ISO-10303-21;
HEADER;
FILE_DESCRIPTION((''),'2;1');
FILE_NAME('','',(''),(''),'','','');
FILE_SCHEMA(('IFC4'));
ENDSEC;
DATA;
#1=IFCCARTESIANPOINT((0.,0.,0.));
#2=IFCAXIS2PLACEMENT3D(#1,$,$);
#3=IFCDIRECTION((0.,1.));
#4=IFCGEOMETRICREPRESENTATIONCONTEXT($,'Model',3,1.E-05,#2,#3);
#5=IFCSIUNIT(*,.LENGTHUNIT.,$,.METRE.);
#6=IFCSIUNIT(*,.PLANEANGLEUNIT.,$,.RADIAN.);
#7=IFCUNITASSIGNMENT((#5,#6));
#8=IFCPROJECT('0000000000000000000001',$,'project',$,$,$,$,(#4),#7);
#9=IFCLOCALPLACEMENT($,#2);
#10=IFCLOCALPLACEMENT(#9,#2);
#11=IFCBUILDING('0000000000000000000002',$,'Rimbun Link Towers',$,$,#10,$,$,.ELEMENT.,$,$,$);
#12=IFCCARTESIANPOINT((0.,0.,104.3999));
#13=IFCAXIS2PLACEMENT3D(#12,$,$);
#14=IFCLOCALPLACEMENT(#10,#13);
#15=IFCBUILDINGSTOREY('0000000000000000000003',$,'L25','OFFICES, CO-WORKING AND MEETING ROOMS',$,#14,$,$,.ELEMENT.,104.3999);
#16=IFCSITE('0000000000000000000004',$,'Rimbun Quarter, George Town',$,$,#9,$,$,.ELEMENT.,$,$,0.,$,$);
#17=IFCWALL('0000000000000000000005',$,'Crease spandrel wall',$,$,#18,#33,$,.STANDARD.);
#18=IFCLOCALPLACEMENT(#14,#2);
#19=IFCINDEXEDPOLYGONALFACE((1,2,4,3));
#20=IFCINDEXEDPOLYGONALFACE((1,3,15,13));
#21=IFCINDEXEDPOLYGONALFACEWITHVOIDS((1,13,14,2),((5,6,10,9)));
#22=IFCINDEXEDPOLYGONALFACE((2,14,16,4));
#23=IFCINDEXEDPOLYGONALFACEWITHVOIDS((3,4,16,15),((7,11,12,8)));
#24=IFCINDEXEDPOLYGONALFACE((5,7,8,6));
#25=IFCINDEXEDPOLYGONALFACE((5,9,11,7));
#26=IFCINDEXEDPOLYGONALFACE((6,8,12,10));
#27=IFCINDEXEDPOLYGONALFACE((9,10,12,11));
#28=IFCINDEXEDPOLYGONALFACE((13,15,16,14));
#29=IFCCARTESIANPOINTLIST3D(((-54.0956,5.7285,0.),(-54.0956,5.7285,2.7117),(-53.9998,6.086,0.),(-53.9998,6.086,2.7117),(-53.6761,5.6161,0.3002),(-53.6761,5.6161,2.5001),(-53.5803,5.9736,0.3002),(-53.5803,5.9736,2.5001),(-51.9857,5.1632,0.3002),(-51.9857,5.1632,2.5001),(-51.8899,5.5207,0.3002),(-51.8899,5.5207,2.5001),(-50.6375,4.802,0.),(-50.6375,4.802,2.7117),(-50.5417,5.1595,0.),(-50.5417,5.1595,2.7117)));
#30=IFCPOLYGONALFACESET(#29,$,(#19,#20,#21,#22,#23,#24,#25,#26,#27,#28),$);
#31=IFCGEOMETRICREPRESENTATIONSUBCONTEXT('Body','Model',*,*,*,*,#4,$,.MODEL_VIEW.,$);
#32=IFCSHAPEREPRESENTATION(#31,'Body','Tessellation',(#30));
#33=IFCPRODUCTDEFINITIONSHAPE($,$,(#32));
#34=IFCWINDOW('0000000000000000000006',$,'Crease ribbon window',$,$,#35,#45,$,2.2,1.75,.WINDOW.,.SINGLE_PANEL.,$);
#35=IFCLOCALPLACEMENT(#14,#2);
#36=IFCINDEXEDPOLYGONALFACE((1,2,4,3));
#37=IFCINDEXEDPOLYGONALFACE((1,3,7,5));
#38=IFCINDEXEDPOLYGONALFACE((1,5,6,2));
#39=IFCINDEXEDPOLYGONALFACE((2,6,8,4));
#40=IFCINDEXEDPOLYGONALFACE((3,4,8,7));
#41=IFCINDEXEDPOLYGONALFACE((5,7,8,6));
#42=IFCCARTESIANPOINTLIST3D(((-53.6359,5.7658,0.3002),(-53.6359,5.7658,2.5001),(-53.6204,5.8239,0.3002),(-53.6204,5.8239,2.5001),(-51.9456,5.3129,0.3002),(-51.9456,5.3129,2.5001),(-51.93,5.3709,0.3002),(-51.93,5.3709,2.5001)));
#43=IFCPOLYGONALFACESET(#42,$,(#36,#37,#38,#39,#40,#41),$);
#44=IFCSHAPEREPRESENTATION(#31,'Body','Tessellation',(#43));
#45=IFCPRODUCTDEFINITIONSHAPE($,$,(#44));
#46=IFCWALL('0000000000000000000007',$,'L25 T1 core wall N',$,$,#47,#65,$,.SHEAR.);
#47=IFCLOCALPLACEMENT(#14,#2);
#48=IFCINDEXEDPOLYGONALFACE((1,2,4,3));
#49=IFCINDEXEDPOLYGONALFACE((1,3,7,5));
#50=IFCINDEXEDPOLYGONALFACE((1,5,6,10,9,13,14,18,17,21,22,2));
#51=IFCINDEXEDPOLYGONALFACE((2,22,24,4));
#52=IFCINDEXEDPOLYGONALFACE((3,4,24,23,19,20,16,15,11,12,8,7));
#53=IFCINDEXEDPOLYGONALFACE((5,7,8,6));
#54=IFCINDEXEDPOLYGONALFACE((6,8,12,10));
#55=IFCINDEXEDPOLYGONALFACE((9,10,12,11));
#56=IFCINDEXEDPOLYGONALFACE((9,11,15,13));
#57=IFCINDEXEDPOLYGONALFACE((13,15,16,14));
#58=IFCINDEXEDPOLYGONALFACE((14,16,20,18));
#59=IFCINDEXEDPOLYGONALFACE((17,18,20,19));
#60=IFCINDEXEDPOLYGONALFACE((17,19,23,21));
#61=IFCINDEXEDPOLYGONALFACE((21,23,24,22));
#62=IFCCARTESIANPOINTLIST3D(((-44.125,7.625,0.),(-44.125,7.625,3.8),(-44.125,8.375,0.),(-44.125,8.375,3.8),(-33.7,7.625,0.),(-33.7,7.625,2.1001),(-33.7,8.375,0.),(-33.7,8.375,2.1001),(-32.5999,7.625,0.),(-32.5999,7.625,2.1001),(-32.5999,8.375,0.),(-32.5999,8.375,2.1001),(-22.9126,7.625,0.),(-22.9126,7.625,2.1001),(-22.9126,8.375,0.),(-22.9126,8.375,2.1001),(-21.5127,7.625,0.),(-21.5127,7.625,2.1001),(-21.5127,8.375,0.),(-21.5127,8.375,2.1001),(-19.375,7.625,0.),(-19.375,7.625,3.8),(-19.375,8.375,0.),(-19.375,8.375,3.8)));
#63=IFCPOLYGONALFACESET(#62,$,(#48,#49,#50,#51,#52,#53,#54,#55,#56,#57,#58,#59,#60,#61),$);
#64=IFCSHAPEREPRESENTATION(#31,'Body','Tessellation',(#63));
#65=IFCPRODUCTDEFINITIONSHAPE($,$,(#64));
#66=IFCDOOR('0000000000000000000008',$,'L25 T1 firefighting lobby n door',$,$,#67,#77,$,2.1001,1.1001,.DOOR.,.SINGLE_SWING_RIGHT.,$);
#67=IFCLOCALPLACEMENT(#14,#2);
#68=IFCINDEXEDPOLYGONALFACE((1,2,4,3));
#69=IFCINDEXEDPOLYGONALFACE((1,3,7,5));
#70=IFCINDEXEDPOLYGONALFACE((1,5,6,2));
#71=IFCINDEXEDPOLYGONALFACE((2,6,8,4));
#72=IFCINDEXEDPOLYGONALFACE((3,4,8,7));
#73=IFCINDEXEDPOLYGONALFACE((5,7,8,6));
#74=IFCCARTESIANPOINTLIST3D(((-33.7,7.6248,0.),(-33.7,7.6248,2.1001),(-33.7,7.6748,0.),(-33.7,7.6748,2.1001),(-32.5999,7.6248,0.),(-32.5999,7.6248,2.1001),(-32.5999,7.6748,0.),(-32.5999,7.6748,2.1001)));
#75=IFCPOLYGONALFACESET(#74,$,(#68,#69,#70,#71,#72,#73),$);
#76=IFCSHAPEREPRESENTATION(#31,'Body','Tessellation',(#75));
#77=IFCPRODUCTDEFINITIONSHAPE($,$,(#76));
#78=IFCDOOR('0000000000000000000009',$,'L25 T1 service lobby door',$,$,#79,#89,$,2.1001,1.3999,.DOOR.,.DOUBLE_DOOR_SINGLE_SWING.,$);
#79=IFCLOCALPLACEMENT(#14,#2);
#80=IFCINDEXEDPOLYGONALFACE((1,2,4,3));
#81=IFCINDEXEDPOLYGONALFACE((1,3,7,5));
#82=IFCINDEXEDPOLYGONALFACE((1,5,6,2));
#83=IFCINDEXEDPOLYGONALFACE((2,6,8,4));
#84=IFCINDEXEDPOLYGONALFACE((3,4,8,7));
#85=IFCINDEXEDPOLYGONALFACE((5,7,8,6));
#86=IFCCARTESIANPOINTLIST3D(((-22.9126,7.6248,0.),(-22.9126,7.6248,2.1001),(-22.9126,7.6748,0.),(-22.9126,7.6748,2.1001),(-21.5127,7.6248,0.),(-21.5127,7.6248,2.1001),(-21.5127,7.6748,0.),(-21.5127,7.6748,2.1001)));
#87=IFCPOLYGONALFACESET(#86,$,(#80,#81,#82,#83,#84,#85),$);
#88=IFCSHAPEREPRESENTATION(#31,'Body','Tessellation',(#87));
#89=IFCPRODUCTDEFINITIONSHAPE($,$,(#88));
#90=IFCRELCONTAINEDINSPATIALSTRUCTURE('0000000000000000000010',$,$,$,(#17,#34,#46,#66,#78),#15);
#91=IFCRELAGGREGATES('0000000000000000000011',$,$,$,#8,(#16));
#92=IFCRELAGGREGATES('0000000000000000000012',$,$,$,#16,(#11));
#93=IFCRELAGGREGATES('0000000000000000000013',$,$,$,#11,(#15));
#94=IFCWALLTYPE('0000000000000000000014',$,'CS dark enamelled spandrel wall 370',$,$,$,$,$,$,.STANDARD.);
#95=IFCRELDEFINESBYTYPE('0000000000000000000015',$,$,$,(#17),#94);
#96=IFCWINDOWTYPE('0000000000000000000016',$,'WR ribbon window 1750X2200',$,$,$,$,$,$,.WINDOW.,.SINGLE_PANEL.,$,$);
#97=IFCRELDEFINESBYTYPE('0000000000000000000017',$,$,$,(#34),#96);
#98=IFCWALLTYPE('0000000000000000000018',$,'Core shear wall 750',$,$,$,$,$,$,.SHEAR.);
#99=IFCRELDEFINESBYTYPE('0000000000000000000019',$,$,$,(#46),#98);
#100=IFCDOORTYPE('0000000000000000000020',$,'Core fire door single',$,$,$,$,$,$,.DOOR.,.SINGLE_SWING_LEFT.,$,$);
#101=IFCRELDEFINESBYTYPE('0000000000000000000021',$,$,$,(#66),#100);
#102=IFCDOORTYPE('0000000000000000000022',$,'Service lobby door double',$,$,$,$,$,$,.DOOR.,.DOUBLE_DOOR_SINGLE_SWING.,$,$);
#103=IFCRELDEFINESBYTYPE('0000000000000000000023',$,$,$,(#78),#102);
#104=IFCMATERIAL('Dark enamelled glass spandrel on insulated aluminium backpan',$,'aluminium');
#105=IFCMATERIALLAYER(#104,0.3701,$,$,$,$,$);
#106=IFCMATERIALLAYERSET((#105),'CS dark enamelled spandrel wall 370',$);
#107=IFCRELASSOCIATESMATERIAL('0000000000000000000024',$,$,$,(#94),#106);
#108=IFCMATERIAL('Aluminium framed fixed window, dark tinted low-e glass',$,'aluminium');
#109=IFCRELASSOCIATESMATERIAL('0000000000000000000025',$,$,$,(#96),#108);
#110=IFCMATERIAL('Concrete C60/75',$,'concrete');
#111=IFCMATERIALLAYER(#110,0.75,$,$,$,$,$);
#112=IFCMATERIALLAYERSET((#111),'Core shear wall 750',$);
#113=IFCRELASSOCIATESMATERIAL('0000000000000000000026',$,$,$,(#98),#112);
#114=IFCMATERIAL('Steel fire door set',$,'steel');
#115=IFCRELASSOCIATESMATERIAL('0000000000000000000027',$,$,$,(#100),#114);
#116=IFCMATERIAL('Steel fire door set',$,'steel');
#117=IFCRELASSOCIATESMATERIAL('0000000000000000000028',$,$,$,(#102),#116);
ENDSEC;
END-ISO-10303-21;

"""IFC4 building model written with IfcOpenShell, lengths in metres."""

from ifc_helpers import new_model, si_unit, direction, frame, frame_2d, origin, place, context, subcontext, project, spatial, rectangle, extrude, material, layer, layer_set, type_object, element, fill, save


model = new_model("IFC4")

# Units and contexts
model_context = context("Model", 3, precision=1e-05, world=origin(), true_north=direction((0.0, 1.0)))
body_context = subcontext(model_context, "Body", "Model", "MODEL_VIEW")
ifc_project = project(units=[si_unit("LENGTHUNIT", "METRE"), si_unit("PLANEANGLEUNIT", "RADIAN")], contexts=[model_context])

# Site, building, storey
site_placement = place(None, origin())
site = spatial("IfcSite", under=ifc_project, at=site_placement, Name="Rimbun Quarter, George Town", CompositionType="ELEMENT", RefElevation=0.0)
building_placement = place(site_placement, origin())
building = spatial("IfcBuilding", under=site, at=building_placement, Name="Rimbun Link Towers", CompositionType="ELEMENT")
storey_placement = place(building_placement, frame((0.0, 0.0, 104.3999)))
storey = spatial("IfcBuildingStorey", under=building, at=storey_placement, Name="L25", Description="OFFICES, CO-WORKING AND MEETING ROOMS", CompositionType="ELEMENT", Elevation=104.3999)

# Wall, opening, window
ifc_material_1 = material(Name="Dark enamelled glass spandrel on insulated aluminium backpan", Category="aluminium")
ifc_layer_1 = layer(ifc_material_1, 0.3701)
ifc_layer_set_1 = layer_set([ifc_layer_1], Name="CS dark enamelled spandrel wall 370")
wall_type_1 = type_object("IfcWallType", Name="CS dark enamelled spandrel wall 370", PredefinedType="STANDARD", material=ifc_layer_set_1)
wall_1_placement = place(storey_placement, frame((-50.5896, 4.9807, 0.0), z_axis=(0.0, 0.0, 1.0), x_axis=(-0.96593, 0.258804, 0.0)))
wall_1 = element("IfcWall", 1, at=wall_1_placement, inside=storey, type_object=wall_type_1, Name="Crease spandrel wall", PredefinedType="STANDARD", context=body_context, shape_type="SweptSolid", body=[
    extrude(rectangle(XDim=3.5801, YDim=0.3701, at=frame_2d((1.79, 0.0))), origin(), (0.0, 0.0, 1.0), 2.7117),
])
opening_1_placement = place(wall_1_placement, frame((1.3958, 0.0, 0.3)))
opening_1 = element("IfcOpeningElement", 2, at=opening_1_placement, cuts=wall_1, PredefinedType="OPENING", context=body_context, shape_type="SweptSolid", body=[
    extrude(rectangle(XDim=1.75, YDim=2.2, at=frame_2d((0.875, 1.1001))), frame((0.0, 0.1951, 0.0), z_axis=(0.0, -1.0, 0.0), x_axis=(1.0, 0.0, 0.0)), (0.0, 0.0, 1.0), 0.3901),
])
ifc_material_2 = material(Name="Aluminium framed fixed window, dark tinted low-e glass", Category="aluminium")
window_type = type_object("IfcWindowType", Name="WR ribbon window 1750X2200", PartitioningType="SINGLE_PANEL", PredefinedType="WINDOW", material=ifc_material_2)
window_placement = place(opening_1_placement, origin())
window = element("IfcWindow", 3, at=window_placement, inside=storey, type_object=window_type, Name="Crease ribbon window", OverallHeight=2.2, OverallWidth=1.75, PartitioningType="SINGLE_PANEL", PredefinedType="WINDOW", context=body_context, shape_type="SweptSolid", body=[
    extrude(rectangle(XDim=1.75, YDim=2.2, at=frame_2d((0.875, 1.1001))), frame((0.0, 0.03, 0.0), z_axis=(0.0, -1.0, 0.0), x_axis=(1.0, 0.0, 0.0)), (0.0, 0.0, 1.0), 0.0601),
])
fill(opening_1, window)

# Wall, openings, doors
ifc_material_3 = material(Name="Concrete C60/75", Category="concrete")
ifc_layer_2 = layer(ifc_material_3, 0.75)
ifc_layer_set_2 = layer_set([ifc_layer_2], Name="Core shear wall 750")
wall_type_2 = type_object("IfcWallType", Name="Core shear wall 750", PredefinedType="SHEAR", material=ifc_layer_set_2)
wall_2_placement = place(storey_placement, frame((-44.125, 8.0, 0.0), z_axis=(0.0, 0.0, 1.0), x_axis=(1.0, 0.0, 0.0)))
wall_2 = element("IfcWall", 4, at=wall_2_placement, inside=storey, type_object=wall_type_2, Name="L25 T1 core wall N", PredefinedType="SHEAR", context=body_context, shape_type="SweptSolid", body=[
    extrude(rectangle(XDim=24.75, YDim=0.75, at=frame_2d((12.375, 0.0))), origin(), (0.0, 0.0, 1.0), 3.8),
])
opening_2_placement = place(wall_2_placement, frame((10.425, 0.0, 0.0)))
opening_2 = element("IfcOpeningElement", 5, at=opening_2_placement, cuts=wall_2, PredefinedType="OPENING", context=body_context, shape_type="SweptSolid", body=[
    extrude(rectangle(XDim=1.1001, YDim=2.1001, at=frame_2d((0.55, 1.05))), frame((0.0, 0.385, 0.0), z_axis=(0.0, -1.0, 0.0), x_axis=(1.0, 0.0, 0.0)), (0.0, 0.0, 1.0), 0.77),
])
opening_3_placement = place(wall_2_placement, frame((21.2124, 0.0, 0.0)))
opening_3 = element("IfcOpeningElement", 6, at=opening_3_placement, cuts=wall_2, PredefinedType="OPENING", context=body_context, shape_type="SweptSolid", body=[
    extrude(rectangle(XDim=1.3999, YDim=2.1001, at=frame_2d((0.7, 1.05))), frame((0.0, 0.385, 0.0), z_axis=(0.0, -1.0, 0.0), x_axis=(1.0, 0.0, 0.0)), (0.0, 0.0, 1.0), 0.77),
])
ifc_material_4 = material(Name="Steel fire door set", Category="steel")
door_type_1 = type_object("IfcDoorType", Name="Core fire door single", OperationType="SINGLE_SWING_LEFT", PredefinedType="DOOR", material=ifc_material_4)
door_1_placement = place(opening_2_placement, origin())
door_1 = element("IfcDoor", 7, at=door_1_placement, inside=storey, type_object=door_type_1, Name="L25 T1 firefighting lobby n door", OperationType="SINGLE_SWING_RIGHT", OverallHeight=2.1001, OverallWidth=1.1001, PredefinedType="DOOR", context=body_context, shape_type="SweptSolid", body=[
    extrude(rectangle(XDim=1.1001, YDim=2.1001, at=frame_2d((0.55, 1.05))), frame((0.0, -0.3252, 0.0), z_axis=(0.0, -1.0, 0.0), x_axis=(1.0, 0.0, 0.0)), (0.0, 0.0, 1.0), 0.05),
])
fill(opening_2, door_1)
ifc_material_5 = material(Name="Steel fire door set", Category="steel")
door_type_2 = type_object("IfcDoorType", Name="Service lobby door double", OperationType="DOUBLE_DOOR_SINGLE_SWING", PredefinedType="DOOR", material=ifc_material_5)
door_2_placement = place(opening_3_placement, origin())
door_2 = element("IfcDoor", 8, at=door_2_placement, inside=storey, type_object=door_type_2, Name="L25 T1 service lobby door", OperationType="DOUBLE_DOOR_SINGLE_SWING", OverallHeight=2.1001, OverallWidth=1.3999, PredefinedType="DOOR", context=body_context, shape_type="SweptSolid", body=[
    extrude(rectangle(XDim=1.3999, YDim=2.1001, at=frame_2d((0.7, 1.05))), frame((0.0, -0.3252, 0.0), z_axis=(0.0, -1.0, 0.0), x_axis=(1.0, 0.0, 0.0)), (0.0, 0.0, 1.0), 0.05),
])
fill(opening_3, door_2)

save(model, "model.ifc")
